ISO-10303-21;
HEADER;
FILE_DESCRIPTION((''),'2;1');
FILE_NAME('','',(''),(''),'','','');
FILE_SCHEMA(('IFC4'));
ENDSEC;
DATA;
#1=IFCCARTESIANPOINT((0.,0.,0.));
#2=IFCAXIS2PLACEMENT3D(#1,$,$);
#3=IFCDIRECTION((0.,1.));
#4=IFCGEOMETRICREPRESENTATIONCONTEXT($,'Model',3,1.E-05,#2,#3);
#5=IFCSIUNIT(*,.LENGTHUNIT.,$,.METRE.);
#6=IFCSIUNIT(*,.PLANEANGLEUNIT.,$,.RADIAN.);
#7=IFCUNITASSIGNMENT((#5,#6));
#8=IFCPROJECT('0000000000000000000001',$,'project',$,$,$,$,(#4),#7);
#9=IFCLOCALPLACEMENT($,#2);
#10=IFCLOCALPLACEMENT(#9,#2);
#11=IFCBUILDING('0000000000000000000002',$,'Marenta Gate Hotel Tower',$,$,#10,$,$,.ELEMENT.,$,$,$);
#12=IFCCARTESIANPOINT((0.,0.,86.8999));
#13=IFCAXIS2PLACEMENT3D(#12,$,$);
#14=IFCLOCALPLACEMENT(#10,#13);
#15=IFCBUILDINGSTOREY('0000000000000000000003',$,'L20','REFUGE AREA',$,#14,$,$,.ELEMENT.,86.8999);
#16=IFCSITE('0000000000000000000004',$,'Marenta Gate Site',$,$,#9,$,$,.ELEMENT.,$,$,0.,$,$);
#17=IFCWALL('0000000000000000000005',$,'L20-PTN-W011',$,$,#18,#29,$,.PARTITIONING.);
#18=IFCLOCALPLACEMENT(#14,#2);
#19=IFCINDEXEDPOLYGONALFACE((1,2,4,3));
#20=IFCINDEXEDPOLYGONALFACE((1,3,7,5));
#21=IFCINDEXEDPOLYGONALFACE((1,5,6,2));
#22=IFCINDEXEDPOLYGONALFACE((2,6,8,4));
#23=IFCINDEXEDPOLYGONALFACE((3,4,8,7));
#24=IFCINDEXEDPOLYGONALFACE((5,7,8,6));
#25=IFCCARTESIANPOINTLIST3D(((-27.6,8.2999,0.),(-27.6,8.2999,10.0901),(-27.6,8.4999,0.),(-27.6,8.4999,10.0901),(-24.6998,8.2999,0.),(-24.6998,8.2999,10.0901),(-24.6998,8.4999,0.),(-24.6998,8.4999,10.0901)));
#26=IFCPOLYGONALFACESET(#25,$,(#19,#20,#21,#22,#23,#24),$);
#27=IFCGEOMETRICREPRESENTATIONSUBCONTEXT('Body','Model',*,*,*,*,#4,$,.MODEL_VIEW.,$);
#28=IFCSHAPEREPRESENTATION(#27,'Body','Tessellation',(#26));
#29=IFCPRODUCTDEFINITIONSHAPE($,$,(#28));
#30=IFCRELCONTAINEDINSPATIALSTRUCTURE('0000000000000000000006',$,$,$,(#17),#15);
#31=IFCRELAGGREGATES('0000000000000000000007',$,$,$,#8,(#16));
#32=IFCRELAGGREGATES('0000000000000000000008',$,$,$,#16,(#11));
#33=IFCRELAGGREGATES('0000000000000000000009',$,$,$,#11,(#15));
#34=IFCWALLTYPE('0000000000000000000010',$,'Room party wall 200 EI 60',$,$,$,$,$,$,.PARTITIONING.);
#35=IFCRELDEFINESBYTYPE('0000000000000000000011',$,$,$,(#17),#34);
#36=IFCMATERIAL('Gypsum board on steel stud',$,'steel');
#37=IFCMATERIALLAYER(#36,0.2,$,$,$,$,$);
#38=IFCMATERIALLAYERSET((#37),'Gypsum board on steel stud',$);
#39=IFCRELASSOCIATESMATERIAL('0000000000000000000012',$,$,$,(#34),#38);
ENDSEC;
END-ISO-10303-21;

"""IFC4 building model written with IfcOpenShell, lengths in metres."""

from ifc_helpers import new_model, si_unit, direction, frame, frame_2d, origin, place, context, subcontext, project, spatial, rectangle, extrude, material, layer, layer_set, type_object, element, save


model = new_model("IFC4")

# Units and contexts
model_context = context("Model", 3, precision=1e-05, world=origin(), true_north=direction((0.0, 1.0)))
body_context = subcontext(model_context, "Body", "Model", "MODEL_VIEW")
ifc_project = project(units=[si_unit("LENGTHUNIT", "METRE"), si_unit("PLANEANGLEUNIT", "RADIAN")], contexts=[model_context])

# Site, building, storey
site_placement = place(None, origin())
site = spatial("IfcSite", under=ifc_project, at=site_placement, Name="Marenta Gate Site", CompositionType="ELEMENT", RefElevation=0.0)
building_placement = place(site_placement, origin())
building = spatial("IfcBuilding", under=site, at=building_placement, Name="Marenta Gate Hotel Tower", CompositionType="ELEMENT")
storey_placement = place(building_placement, frame((0.0, 0.0, 86.8999)))
storey = spatial("IfcBuildingStorey", under=building, at=storey_placement, Name="L20", Description="REFUGE AREA", CompositionType="ELEMENT", Elevation=86.8999)

# Wall
ifc_material_1 = material(Name="Gypsum board on steel stud", Category="steel")
ifc_layer_1 = layer(ifc_material_1, 0.2)
ifc_layer_set_1 = layer_set([ifc_layer_1], Name="Gypsum board on steel stud")
wall_type_1 = type_object("IfcWallType", Name="Room party wall 200 EI 60", PredefinedType="PARTITIONING", material=ifc_layer_set_1)
wall_1_placement = place(storey_placement, frame((-27.6001, 8.3999, 0.0), z_axis=(0.0, 0.0, 1.0), x_axis=(1.0, 0.0, 0.0)))
element("IfcWall", 1, at=wall_1_placement, inside=storey, type_object=wall_type_1, Name="L20-PTN-W011", PredefinedType="PARTITIONING", context=body_context, shape_type="SweptSolid", body=[
    extrude(rectangle(XDim=2.9001, YDim=0.2, at=frame_2d((1.4502, 0.0))), origin(), (0.0, 0.0, 1.0), 10.0901),
])

save(model, "model.ifc")
